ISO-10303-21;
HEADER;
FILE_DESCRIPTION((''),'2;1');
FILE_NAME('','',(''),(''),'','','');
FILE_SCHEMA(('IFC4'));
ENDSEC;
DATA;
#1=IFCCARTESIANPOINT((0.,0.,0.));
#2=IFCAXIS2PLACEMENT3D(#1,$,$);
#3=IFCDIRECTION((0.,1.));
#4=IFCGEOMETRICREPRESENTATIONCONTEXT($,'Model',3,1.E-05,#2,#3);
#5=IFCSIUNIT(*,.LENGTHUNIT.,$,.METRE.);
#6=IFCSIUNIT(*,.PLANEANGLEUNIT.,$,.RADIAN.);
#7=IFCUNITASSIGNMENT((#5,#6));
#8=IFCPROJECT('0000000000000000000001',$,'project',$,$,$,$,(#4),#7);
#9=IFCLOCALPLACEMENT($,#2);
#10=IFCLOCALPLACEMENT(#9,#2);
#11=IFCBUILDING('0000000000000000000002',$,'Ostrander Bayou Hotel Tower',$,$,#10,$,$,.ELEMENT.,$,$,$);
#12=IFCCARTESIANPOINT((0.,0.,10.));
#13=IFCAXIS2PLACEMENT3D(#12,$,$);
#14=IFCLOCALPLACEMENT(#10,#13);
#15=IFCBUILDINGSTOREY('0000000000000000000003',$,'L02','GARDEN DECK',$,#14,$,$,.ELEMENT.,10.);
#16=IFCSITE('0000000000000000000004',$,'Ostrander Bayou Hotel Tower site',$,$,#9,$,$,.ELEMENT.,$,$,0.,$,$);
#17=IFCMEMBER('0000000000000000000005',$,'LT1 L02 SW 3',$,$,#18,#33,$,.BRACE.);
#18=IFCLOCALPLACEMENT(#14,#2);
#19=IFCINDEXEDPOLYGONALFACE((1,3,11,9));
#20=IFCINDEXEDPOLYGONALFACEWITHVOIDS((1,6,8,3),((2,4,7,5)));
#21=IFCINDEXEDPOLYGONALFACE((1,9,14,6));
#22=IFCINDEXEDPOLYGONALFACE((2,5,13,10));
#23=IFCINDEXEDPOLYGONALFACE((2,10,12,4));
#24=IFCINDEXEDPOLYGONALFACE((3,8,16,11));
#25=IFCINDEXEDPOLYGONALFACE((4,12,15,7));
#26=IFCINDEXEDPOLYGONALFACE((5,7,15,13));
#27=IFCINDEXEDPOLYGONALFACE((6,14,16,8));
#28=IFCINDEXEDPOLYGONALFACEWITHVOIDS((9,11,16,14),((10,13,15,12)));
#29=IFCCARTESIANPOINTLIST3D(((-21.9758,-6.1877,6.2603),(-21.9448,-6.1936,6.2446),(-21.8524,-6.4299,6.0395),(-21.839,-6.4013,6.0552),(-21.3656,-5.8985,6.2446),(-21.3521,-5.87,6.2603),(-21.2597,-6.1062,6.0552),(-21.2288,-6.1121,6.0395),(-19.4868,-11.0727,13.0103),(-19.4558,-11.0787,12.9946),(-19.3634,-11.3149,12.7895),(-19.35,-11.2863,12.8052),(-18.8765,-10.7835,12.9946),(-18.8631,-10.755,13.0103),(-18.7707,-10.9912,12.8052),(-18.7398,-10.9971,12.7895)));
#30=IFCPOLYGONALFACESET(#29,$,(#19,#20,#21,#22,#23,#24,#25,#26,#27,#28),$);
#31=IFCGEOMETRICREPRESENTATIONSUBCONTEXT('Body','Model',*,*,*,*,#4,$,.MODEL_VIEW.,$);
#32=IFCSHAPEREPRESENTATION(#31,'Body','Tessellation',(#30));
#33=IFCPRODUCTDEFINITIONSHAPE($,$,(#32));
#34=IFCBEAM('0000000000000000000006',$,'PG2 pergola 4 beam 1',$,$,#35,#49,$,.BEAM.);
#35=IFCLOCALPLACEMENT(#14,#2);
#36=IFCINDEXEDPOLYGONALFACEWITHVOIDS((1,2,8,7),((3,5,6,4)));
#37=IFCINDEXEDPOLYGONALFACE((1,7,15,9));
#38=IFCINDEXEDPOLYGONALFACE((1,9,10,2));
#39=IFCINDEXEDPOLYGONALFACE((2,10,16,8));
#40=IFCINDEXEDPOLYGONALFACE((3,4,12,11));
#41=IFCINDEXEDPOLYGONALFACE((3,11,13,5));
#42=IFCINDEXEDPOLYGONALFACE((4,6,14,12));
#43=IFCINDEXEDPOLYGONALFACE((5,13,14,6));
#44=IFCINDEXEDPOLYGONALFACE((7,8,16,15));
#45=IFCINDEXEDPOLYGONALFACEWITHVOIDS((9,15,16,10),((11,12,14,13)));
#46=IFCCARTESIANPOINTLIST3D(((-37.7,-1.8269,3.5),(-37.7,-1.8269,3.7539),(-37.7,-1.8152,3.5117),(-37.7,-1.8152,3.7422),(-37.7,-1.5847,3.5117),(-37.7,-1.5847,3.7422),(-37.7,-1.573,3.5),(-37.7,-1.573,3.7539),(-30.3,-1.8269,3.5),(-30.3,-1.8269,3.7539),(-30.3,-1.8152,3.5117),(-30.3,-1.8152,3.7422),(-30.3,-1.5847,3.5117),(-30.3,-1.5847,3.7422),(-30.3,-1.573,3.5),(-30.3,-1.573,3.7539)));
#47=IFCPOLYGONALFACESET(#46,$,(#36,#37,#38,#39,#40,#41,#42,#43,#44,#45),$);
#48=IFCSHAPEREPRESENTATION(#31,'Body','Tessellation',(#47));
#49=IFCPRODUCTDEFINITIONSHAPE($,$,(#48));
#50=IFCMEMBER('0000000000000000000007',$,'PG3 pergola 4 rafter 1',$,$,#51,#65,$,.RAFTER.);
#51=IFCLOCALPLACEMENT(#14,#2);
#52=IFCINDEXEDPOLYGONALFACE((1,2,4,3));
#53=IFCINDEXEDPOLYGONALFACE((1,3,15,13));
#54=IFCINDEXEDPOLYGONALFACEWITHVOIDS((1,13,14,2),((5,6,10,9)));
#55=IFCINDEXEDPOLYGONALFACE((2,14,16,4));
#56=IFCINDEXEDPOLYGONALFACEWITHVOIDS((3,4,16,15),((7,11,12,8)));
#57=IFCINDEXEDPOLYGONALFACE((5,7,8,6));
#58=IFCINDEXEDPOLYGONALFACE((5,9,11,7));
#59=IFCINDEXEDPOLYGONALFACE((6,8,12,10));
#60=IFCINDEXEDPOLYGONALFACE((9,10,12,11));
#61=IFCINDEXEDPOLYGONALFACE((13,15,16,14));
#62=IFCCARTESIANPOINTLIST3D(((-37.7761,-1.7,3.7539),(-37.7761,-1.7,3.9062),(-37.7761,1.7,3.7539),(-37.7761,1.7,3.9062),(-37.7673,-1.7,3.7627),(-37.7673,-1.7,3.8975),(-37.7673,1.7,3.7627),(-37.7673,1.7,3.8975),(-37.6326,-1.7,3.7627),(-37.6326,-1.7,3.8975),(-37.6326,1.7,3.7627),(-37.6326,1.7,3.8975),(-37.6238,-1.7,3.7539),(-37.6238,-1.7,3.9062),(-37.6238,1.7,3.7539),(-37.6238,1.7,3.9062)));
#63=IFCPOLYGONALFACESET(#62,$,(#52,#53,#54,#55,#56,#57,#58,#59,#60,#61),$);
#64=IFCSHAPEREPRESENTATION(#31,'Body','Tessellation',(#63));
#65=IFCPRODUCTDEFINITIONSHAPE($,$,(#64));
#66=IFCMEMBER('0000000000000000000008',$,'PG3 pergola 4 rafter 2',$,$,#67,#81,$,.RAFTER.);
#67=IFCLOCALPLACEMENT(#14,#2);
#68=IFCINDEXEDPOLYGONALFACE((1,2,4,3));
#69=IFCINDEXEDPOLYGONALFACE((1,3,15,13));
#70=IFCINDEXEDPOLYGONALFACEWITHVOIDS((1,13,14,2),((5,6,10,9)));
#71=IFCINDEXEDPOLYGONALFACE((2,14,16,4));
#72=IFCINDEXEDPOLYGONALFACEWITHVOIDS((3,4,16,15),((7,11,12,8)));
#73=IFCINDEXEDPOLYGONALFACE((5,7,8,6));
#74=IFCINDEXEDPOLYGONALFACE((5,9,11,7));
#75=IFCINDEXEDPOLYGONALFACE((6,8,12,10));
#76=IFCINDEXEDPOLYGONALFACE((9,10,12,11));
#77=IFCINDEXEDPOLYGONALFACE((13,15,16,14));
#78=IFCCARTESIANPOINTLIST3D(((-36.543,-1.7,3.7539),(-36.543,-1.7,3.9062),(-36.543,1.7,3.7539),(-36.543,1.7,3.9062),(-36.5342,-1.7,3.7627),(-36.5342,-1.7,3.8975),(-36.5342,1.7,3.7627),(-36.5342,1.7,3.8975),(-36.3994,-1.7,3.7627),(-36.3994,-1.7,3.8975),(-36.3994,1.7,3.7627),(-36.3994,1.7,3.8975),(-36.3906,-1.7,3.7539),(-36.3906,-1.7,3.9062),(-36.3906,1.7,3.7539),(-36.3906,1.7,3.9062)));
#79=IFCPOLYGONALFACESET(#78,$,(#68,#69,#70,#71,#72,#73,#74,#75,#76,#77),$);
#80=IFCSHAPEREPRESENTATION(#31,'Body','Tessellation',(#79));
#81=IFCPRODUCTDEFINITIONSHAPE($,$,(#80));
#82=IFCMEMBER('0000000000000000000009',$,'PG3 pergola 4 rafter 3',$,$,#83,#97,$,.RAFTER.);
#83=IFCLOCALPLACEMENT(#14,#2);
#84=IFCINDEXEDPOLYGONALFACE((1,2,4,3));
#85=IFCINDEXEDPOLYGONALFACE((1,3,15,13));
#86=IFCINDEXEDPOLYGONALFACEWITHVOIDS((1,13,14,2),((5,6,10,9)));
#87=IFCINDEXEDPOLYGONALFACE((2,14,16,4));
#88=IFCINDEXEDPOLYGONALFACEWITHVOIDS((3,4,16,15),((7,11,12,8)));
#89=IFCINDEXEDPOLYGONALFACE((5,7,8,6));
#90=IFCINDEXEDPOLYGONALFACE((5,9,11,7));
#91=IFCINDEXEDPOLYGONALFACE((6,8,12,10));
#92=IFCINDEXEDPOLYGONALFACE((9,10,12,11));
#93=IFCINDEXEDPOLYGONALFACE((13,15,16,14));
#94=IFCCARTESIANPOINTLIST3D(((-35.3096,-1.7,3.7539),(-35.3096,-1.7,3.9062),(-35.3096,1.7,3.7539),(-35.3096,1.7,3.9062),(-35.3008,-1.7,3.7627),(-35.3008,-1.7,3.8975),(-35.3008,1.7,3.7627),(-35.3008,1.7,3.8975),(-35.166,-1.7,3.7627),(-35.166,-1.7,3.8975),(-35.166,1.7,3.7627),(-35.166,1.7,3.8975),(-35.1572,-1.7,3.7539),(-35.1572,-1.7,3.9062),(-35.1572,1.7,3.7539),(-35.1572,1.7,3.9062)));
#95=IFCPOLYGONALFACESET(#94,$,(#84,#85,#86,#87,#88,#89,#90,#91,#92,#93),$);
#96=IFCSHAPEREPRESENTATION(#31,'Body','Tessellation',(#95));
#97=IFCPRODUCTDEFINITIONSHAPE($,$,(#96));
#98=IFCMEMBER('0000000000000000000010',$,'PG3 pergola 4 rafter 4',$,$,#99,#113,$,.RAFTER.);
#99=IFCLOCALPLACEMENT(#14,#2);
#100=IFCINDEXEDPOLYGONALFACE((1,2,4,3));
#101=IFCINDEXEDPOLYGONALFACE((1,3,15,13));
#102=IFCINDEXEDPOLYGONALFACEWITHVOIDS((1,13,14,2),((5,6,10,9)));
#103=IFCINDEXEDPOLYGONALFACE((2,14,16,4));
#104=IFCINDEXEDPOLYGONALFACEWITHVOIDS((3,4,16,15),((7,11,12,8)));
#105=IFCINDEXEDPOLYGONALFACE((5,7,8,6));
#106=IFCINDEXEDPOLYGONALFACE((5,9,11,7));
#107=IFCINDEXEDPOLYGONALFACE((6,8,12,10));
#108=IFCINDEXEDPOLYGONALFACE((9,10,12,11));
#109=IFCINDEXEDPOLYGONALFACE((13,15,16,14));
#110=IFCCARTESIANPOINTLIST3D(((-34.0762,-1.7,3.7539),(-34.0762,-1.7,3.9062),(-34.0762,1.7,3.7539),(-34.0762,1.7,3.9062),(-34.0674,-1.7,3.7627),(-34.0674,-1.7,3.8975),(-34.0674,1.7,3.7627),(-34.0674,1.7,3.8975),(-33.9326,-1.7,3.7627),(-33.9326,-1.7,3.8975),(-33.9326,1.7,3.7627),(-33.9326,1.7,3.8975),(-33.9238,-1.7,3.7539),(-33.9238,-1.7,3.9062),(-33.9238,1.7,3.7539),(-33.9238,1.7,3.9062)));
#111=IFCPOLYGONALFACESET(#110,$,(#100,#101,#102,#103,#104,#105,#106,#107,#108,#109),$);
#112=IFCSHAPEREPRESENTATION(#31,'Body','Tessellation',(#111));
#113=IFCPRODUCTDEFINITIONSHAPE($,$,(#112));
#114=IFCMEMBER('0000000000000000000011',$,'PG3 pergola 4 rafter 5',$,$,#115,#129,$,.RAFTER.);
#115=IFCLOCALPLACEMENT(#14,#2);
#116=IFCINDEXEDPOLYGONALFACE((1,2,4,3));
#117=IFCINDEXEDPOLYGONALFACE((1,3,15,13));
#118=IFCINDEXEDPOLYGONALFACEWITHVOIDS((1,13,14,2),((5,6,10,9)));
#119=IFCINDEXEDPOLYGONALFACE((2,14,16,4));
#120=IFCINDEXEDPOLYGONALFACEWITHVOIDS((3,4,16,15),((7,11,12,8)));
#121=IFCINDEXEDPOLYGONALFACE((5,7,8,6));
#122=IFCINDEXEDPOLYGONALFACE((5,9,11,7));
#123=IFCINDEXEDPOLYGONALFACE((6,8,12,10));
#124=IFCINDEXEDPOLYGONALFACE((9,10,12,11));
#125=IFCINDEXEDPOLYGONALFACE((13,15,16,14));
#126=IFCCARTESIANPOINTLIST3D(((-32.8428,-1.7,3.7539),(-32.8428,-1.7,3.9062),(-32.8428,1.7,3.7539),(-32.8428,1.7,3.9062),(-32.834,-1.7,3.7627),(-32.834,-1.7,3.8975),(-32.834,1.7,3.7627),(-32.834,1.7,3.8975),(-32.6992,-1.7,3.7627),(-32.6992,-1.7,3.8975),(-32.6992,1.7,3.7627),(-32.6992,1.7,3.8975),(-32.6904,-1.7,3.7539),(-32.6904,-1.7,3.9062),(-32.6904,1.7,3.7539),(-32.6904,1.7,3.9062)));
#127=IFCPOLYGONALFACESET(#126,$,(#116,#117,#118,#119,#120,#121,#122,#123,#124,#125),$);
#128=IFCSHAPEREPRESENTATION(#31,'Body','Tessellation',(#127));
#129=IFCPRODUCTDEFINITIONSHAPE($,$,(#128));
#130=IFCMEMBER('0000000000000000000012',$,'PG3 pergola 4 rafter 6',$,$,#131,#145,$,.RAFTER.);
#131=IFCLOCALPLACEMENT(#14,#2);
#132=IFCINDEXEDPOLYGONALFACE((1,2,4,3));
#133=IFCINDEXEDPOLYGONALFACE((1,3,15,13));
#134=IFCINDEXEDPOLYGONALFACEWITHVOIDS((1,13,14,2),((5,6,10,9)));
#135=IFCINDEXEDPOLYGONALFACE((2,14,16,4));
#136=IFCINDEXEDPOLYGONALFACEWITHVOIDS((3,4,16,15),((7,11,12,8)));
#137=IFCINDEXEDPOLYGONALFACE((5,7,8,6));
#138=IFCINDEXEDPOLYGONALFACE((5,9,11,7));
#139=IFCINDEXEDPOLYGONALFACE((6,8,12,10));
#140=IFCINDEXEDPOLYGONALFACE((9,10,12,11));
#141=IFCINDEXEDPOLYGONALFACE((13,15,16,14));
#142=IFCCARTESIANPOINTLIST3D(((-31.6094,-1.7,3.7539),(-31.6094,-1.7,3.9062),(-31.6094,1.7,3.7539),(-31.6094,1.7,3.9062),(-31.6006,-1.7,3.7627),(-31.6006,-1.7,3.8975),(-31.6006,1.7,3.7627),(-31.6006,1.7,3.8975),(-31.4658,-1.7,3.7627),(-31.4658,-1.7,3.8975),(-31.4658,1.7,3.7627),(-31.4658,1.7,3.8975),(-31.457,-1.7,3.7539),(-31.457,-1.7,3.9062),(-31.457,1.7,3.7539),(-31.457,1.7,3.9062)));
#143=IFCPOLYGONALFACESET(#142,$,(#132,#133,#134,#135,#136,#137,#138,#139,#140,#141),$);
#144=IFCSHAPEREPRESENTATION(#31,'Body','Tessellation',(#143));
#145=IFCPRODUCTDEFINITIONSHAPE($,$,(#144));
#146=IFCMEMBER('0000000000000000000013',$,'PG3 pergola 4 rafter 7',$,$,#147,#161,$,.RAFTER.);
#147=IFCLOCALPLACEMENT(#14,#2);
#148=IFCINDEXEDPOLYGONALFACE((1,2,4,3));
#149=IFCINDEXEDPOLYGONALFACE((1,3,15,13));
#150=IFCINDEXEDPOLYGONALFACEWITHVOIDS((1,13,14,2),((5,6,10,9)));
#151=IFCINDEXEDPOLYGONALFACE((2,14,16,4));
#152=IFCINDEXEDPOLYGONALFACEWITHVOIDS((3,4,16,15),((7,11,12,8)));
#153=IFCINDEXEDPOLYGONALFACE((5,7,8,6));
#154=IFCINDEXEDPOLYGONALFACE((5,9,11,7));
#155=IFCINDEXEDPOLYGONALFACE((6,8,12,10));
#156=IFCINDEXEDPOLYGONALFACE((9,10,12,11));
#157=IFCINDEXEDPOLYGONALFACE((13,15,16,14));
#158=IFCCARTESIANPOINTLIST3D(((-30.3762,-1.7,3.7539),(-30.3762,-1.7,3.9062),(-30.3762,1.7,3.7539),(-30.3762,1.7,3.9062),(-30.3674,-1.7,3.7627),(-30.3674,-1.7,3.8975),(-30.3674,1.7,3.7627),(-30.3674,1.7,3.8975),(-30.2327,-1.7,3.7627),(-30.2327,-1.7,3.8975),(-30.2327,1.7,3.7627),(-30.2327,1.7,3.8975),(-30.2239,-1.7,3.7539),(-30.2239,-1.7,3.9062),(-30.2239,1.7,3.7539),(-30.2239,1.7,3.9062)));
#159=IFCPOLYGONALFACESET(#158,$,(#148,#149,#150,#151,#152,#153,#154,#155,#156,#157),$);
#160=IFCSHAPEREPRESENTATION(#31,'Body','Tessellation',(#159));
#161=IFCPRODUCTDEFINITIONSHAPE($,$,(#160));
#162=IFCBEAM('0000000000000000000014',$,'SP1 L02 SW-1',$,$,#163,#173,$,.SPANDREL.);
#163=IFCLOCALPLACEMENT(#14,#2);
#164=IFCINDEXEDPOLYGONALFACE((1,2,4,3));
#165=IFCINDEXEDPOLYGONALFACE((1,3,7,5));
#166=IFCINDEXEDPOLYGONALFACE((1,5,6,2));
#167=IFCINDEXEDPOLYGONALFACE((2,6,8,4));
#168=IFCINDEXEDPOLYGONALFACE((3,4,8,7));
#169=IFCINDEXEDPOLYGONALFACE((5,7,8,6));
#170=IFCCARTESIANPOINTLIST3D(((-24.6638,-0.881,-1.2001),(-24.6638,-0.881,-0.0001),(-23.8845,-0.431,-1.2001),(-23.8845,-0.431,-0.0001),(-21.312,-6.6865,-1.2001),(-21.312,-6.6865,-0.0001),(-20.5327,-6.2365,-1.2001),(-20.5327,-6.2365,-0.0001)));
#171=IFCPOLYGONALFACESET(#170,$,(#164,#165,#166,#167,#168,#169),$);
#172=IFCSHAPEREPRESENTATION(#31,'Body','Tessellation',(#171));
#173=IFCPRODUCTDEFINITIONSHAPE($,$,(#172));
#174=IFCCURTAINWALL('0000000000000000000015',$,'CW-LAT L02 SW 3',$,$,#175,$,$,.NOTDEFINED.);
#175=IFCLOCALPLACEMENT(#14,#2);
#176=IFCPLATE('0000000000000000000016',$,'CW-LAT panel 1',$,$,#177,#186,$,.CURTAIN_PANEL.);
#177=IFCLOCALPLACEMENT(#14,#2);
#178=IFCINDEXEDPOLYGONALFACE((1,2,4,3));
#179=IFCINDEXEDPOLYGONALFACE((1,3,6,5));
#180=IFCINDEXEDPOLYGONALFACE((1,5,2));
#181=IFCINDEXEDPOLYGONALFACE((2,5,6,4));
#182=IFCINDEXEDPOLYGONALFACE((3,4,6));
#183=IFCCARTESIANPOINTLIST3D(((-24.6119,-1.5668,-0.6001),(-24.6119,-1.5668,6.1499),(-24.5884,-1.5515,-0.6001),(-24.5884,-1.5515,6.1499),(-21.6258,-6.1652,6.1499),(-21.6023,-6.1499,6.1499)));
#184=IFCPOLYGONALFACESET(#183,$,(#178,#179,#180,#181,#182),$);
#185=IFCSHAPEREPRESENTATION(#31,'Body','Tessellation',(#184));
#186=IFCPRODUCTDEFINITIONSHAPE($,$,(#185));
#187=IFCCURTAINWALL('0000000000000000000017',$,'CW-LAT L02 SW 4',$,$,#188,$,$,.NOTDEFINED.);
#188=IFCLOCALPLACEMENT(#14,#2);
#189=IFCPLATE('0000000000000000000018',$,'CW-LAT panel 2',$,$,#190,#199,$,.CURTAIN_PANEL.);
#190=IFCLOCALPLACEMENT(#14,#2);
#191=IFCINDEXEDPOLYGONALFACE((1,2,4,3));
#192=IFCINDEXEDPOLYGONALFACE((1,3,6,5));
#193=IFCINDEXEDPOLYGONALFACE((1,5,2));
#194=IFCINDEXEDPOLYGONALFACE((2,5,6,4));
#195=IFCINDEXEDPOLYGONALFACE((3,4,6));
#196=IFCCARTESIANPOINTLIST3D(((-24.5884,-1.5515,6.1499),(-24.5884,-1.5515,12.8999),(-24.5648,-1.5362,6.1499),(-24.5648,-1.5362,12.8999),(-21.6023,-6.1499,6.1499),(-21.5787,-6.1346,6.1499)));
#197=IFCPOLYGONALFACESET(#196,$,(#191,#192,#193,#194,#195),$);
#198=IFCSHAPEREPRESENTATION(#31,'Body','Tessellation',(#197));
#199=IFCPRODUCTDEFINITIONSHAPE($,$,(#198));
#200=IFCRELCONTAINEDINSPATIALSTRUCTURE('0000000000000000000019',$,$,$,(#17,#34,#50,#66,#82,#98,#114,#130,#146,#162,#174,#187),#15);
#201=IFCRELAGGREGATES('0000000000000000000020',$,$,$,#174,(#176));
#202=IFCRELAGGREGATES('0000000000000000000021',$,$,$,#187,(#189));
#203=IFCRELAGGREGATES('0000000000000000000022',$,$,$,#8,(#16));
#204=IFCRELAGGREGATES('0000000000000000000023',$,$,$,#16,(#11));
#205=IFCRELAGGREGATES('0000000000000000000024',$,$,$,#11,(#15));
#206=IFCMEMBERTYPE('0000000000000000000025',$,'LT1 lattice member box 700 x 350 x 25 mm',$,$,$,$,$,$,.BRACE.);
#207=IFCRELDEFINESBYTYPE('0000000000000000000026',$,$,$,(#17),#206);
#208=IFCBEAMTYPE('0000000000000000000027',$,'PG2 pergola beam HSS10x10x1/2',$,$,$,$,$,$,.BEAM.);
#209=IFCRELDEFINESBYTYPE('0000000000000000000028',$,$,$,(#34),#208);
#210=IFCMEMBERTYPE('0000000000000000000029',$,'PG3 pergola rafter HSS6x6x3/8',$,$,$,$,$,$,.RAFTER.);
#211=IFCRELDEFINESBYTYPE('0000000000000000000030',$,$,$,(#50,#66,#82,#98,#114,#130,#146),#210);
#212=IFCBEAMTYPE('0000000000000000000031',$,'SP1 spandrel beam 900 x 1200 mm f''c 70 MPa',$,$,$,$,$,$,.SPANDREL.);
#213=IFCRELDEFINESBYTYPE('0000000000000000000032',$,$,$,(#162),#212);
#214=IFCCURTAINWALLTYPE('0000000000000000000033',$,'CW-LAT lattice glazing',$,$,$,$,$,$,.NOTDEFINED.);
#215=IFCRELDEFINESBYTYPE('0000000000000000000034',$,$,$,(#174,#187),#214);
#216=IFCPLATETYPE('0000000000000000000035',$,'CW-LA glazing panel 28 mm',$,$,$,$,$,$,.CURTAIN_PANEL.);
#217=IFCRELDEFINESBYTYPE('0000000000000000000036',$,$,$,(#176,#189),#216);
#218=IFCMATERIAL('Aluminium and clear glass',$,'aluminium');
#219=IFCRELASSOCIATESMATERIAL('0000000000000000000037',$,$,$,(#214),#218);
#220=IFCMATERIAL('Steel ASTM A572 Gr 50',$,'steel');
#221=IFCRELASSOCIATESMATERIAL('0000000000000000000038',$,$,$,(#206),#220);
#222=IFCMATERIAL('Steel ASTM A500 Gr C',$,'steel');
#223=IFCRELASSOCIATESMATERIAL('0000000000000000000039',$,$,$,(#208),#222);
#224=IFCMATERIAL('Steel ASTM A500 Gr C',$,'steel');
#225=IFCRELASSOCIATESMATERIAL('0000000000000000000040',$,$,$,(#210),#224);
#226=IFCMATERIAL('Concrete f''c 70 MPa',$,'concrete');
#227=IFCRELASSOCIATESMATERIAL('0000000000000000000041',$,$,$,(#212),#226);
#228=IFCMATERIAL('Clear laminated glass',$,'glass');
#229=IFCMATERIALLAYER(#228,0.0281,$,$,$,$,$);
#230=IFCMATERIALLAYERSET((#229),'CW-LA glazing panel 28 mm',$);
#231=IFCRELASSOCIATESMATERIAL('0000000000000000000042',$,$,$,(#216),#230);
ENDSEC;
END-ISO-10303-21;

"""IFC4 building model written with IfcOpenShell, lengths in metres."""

from ifc_helpers import new_model, si_unit, direction, frame, origin, origin_2d, place, context, subcontext, project, spatial, polyline, rectangle, hollow_rectangle, outline, extrude, material, layer, layer_set, material_profile, profile_set, type_object, element, aggregate, save


model = new_model("IFC4")

# Units and contexts
model_context = context("Model", 3, precision=1e-05, world=origin(), true_north=direction((0.0, 1.0)))
body_context = subcontext(model_context, "Body", "Model", "MODEL_VIEW")
ifc_project = project(units=[si_unit("LENGTHUNIT", "METRE"), si_unit("PLANEANGLEUNIT", "RADIAN")], contexts=[model_context])

# Site, building, storey
site_placement = place(None, origin())
site = spatial("IfcSite", under=ifc_project, at=site_placement, Name="Ostrander Bayou Hotel Tower site", CompositionType="ELEMENT", RefElevation=0.0)
building_placement = place(site_placement, origin())
building = spatial("IfcBuilding", under=site, at=building_placement, Name="Ostrander Bayou Hotel Tower", CompositionType="ELEMENT")
storey_placement = place(building_placement, frame((0.0, 0.0, 10.0)))
storey = spatial("IfcBuildingStorey", under=building, at=storey_placement, Name="L02", Description="GARDEN DECK", CompositionType="ELEMENT", Elevation=10.0)

# Shared definitions
ifc_material_1 = material(Name="Aluminium and clear glass", Category="aluminium")
curtain_wall_type = type_object("IfcCurtainWallType", Name="CW-LAT lattice glazing", PredefinedType="NOTDEFINED", material=ifc_material_1)

# Member
ifc_material_2 = material(Name="Steel ASTM A572 Gr 50", Category="steel")
ifc_material_profile_1 = material_profile(ifc_material_2, hollow_rectangle(XDim=0.7, YDim=0.3501, WallThickness=0.0249, at=origin_2d()))
ifc_profile_set_1 = profile_set([ifc_material_profile_1], Name="Steel ASTM A572 Gr 50")
member_type_1 = type_object("IfcMemberType", Name="LT1 lattice member box 700 x 350 x 25 mm", PredefinedType="BRACE", material=ifc_profile_set_1)
member_1_placement = place(storey_placement, frame((-21.6023, -6.1499, 6.1499), z_axis=(0.286224, -0.561751, 0.776216), x_axis=(0.891008, 0.453987, 0.0)))
element("IfcMember", 1, at=member_1_placement, inside=storey, type_object=member_type_1, Name="LT1 L02 SW 3", PredefinedType="BRACE", context=body_context, shape_type="SweptSolid", body=[
    extrude(hollow_rectangle(XDim=0.7, YDim=0.3501, WallThickness=0.0249, at=origin_2d()), origin(), (0.0, 0.0, 1.0), 8.696),
])

# Beam
ifc_material_3 = material(Name="Steel ASTM A500 Gr C", Category="steel")
ifc_material_profile_2 = material_profile(ifc_material_3, hollow_rectangle(XDim=0.2539, YDim=0.2539, WallThickness=0.0117, at=origin_2d()))
ifc_profile_set_2 = profile_set([ifc_material_profile_2], Name="Steel ASTM A500 Gr C")
beam_type_1 = type_object("IfcBeamType", Name="PG2 pergola beam HSS10x10x1/2", PredefinedType="BEAM", material=ifc_profile_set_2)
beam_1_placement = place(storey_placement, frame((-37.7, -1.7, 3.627), z_axis=(1.0, 0.0, 0.0), x_axis=(0.0, 1.0, 0.0)))
element("IfcBeam", 2, at=beam_1_placement, inside=storey, type_object=beam_type_1, Name="PG2 pergola 4 beam 1", PredefinedType="BEAM", context=body_context, shape_type="SweptSolid", body=[
    extrude(hollow_rectangle(XDim=0.2539, YDim=0.2539, WallThickness=0.0117, at=origin_2d()), origin(), (0.0, 0.0, 1.0), 7.3999),
])

# Members
ifc_material_4 = material(Name="Steel ASTM A500 Gr C", Category="steel")
ifc_material_profile_3 = material_profile(ifc_material_4, hollow_rectangle(XDim=0.1523, YDim=0.1523, WallThickness=0.0088, at=origin_2d()))
ifc_profile_set_3 = profile_set([ifc_material_profile_3], Name="Steel ASTM A500 Gr C")
member_type_2 = type_object("IfcMemberType", Name="PG3 pergola rafter HSS6x6x3/8", PredefinedType="RAFTER", material=ifc_profile_set_3)
for number, where, z_axis, x_axis, name in (
    (3, (-37.7, -1.7, 3.8301), (0.0, 1.0, 0.0), (-1.0, 0.0, 0.0), "PG3 pergola 4 rafter 1"),
    (4, (-36.4668, -1.7, 3.8301), (0.0, 1.0, 0.0), (-1.0, 0.0, 0.0), "PG3 pergola 4 rafter 2"),
    (5, (-35.2334, -1.7, 3.8301), (0.0, 1.0, 0.0), (-1.0, 0.0, 0.0), "PG3 pergola 4 rafter 3"),
    (6, (-34.0, -1.7, 3.8301), (0.0, 1.0, 0.0), (-1.0, 0.0, 0.0), "PG3 pergola 4 rafter 4"),
    (7, (-32.7666, -1.7, 3.8301), (0.0, 1.0, 0.0), (-1.0, 0.0, 0.0), "PG3 pergola 4 rafter 5"),
    (8, (-31.5332, -1.7, 3.8301), (0.0, 1.0, 0.0), (-1.0, 0.0, 0.0), "PG3 pergola 4 rafter 6"),
    (9, (-30.3, -1.7, 3.8301), (0.0, 1.0, 0.0), (-1.0, 0.0, 0.0), "PG3 pergola 4 rafter 7"),
):
    element("IfcMember", number, at=place(storey_placement, frame(where, z_axis=z_axis, x_axis=x_axis)), inside=storey, type_object=member_type_2, Name=name, PredefinedType="RAFTER", context=body_context, shape_type="SweptSolid", body=[
        extrude(hollow_rectangle(XDim=0.1523, YDim=0.1523, WallThickness=0.0088, at=origin_2d()), origin(), (0.0, 0.0, 1.0), 3.3999),
    ])

# Beam
ifc_material_5 = material(Name="Concrete f'c 70 MPa", Category="concrete")
ifc_material_profile_4 = material_profile(ifc_material_5, rectangle(XDim=0.8999, YDim=1.2, at=origin_2d()))
ifc_profile_set_4 = profile_set([ifc_material_profile_4], Name="Concrete f'c 70 MPa")
beam_type_2 = type_object("IfcBeamType", Name="SP1 spandrel beam 900 x 1200 mm f'c 70 MPa", PredefinedType="SPANDREL", material=ifc_profile_set_4)
beam_2_placement = place(storey_placement, frame((-24.2742, -0.656, -0.6001), z_axis=(0.500005, -0.866022, 0.0), x_axis=(0.866022, 0.500005, 0.0)))
element("IfcBeam", 10, at=beam_2_placement, inside=storey, type_object=beam_type_2, Name="SP1 L02 SW-1", PredefinedType="SPANDREL", context=body_context, shape_type="SweptSolid", body=[
    extrude(rectangle(XDim=0.8999, YDim=1.2, at=origin_2d()), origin(), (0.0, 0.0, 1.0), 6.7036),
])

# Curtain walls, plates
curtain_wall_1_placement = place(storey_placement, origin())
curtain_wall_1 = element("IfcCurtainWall", 11, at=curtain_wall_1_placement, inside=storey, type_object=curtain_wall_type, Name="CW-LAT L02 SW 3", PredefinedType="NOTDEFINED")
ifc_material_6 = material(Name="Clear laminated glass", Category="glass")
ifc_layer_1 = layer(ifc_material_6, 0.0281)
ifc_layer_set_1 = layer_set([ifc_layer_1], Name="CW-LA glazing panel 28 mm")
plate_type = type_object("IfcPlateType", Name="CW-LA glazing panel 28 mm", PredefinedType="CURTAIN_PANEL", material=ifc_layer_set_1)
plate_1_placement = place(storey_placement, frame((-21.6023, -6.1499, 6.1499), z_axis=(0.838683, 0.54462, 0.0), x_axis=(-0.343377, 0.52878, -0.776199)))
plate_1 = element("IfcPlate", 12, at=plate_1_placement, type_object=plate_type, Name="CW-LAT panel 1", PredefinedType="CURTAIN_PANEL", context=body_context, shape_type="SweptSolid", body=[
    extrude(outline(polyline([(0.0, 0.0), (8.6962, 0.0), (3.4569, 4.2558), (0.0, 0.0)])), origin(), (0.0, 0.0, -1.0), 0.0281),
])
aggregate(curtain_wall_1, [plate_1])
curtain_wall_2_placement = place(storey_placement, origin())
curtain_wall_2 = element("IfcCurtainWall", 13, at=curtain_wall_2_placement, inside=storey, type_object=curtain_wall_type, Name="CW-LAT L02 SW 4", PredefinedType="NOTDEFINED")
plate_2_placement = place(storey_placement, frame((-21.6023, -6.1499, 6.1499), z_axis=(-0.838683, -0.54462, 0.0), x_axis=(-0.343377, 0.52878, 0.776199)))
plate_2 = element("IfcPlate", 14, at=plate_2_placement, type_object=plate_type, Name="CW-LAT panel 2", PredefinedType="CURTAIN_PANEL", context=body_context, shape_type="SweptSolid", body=[
    extrude(outline(polyline([(0.0, 0.0), (8.6962, 0.0), (3.4569, 4.2558), (0.0, 0.0)])), origin(), (0.0, 0.0, -1.0), 0.0281),
])
aggregate(curtain_wall_2, [plate_2])

save(model, "model.ifc")
